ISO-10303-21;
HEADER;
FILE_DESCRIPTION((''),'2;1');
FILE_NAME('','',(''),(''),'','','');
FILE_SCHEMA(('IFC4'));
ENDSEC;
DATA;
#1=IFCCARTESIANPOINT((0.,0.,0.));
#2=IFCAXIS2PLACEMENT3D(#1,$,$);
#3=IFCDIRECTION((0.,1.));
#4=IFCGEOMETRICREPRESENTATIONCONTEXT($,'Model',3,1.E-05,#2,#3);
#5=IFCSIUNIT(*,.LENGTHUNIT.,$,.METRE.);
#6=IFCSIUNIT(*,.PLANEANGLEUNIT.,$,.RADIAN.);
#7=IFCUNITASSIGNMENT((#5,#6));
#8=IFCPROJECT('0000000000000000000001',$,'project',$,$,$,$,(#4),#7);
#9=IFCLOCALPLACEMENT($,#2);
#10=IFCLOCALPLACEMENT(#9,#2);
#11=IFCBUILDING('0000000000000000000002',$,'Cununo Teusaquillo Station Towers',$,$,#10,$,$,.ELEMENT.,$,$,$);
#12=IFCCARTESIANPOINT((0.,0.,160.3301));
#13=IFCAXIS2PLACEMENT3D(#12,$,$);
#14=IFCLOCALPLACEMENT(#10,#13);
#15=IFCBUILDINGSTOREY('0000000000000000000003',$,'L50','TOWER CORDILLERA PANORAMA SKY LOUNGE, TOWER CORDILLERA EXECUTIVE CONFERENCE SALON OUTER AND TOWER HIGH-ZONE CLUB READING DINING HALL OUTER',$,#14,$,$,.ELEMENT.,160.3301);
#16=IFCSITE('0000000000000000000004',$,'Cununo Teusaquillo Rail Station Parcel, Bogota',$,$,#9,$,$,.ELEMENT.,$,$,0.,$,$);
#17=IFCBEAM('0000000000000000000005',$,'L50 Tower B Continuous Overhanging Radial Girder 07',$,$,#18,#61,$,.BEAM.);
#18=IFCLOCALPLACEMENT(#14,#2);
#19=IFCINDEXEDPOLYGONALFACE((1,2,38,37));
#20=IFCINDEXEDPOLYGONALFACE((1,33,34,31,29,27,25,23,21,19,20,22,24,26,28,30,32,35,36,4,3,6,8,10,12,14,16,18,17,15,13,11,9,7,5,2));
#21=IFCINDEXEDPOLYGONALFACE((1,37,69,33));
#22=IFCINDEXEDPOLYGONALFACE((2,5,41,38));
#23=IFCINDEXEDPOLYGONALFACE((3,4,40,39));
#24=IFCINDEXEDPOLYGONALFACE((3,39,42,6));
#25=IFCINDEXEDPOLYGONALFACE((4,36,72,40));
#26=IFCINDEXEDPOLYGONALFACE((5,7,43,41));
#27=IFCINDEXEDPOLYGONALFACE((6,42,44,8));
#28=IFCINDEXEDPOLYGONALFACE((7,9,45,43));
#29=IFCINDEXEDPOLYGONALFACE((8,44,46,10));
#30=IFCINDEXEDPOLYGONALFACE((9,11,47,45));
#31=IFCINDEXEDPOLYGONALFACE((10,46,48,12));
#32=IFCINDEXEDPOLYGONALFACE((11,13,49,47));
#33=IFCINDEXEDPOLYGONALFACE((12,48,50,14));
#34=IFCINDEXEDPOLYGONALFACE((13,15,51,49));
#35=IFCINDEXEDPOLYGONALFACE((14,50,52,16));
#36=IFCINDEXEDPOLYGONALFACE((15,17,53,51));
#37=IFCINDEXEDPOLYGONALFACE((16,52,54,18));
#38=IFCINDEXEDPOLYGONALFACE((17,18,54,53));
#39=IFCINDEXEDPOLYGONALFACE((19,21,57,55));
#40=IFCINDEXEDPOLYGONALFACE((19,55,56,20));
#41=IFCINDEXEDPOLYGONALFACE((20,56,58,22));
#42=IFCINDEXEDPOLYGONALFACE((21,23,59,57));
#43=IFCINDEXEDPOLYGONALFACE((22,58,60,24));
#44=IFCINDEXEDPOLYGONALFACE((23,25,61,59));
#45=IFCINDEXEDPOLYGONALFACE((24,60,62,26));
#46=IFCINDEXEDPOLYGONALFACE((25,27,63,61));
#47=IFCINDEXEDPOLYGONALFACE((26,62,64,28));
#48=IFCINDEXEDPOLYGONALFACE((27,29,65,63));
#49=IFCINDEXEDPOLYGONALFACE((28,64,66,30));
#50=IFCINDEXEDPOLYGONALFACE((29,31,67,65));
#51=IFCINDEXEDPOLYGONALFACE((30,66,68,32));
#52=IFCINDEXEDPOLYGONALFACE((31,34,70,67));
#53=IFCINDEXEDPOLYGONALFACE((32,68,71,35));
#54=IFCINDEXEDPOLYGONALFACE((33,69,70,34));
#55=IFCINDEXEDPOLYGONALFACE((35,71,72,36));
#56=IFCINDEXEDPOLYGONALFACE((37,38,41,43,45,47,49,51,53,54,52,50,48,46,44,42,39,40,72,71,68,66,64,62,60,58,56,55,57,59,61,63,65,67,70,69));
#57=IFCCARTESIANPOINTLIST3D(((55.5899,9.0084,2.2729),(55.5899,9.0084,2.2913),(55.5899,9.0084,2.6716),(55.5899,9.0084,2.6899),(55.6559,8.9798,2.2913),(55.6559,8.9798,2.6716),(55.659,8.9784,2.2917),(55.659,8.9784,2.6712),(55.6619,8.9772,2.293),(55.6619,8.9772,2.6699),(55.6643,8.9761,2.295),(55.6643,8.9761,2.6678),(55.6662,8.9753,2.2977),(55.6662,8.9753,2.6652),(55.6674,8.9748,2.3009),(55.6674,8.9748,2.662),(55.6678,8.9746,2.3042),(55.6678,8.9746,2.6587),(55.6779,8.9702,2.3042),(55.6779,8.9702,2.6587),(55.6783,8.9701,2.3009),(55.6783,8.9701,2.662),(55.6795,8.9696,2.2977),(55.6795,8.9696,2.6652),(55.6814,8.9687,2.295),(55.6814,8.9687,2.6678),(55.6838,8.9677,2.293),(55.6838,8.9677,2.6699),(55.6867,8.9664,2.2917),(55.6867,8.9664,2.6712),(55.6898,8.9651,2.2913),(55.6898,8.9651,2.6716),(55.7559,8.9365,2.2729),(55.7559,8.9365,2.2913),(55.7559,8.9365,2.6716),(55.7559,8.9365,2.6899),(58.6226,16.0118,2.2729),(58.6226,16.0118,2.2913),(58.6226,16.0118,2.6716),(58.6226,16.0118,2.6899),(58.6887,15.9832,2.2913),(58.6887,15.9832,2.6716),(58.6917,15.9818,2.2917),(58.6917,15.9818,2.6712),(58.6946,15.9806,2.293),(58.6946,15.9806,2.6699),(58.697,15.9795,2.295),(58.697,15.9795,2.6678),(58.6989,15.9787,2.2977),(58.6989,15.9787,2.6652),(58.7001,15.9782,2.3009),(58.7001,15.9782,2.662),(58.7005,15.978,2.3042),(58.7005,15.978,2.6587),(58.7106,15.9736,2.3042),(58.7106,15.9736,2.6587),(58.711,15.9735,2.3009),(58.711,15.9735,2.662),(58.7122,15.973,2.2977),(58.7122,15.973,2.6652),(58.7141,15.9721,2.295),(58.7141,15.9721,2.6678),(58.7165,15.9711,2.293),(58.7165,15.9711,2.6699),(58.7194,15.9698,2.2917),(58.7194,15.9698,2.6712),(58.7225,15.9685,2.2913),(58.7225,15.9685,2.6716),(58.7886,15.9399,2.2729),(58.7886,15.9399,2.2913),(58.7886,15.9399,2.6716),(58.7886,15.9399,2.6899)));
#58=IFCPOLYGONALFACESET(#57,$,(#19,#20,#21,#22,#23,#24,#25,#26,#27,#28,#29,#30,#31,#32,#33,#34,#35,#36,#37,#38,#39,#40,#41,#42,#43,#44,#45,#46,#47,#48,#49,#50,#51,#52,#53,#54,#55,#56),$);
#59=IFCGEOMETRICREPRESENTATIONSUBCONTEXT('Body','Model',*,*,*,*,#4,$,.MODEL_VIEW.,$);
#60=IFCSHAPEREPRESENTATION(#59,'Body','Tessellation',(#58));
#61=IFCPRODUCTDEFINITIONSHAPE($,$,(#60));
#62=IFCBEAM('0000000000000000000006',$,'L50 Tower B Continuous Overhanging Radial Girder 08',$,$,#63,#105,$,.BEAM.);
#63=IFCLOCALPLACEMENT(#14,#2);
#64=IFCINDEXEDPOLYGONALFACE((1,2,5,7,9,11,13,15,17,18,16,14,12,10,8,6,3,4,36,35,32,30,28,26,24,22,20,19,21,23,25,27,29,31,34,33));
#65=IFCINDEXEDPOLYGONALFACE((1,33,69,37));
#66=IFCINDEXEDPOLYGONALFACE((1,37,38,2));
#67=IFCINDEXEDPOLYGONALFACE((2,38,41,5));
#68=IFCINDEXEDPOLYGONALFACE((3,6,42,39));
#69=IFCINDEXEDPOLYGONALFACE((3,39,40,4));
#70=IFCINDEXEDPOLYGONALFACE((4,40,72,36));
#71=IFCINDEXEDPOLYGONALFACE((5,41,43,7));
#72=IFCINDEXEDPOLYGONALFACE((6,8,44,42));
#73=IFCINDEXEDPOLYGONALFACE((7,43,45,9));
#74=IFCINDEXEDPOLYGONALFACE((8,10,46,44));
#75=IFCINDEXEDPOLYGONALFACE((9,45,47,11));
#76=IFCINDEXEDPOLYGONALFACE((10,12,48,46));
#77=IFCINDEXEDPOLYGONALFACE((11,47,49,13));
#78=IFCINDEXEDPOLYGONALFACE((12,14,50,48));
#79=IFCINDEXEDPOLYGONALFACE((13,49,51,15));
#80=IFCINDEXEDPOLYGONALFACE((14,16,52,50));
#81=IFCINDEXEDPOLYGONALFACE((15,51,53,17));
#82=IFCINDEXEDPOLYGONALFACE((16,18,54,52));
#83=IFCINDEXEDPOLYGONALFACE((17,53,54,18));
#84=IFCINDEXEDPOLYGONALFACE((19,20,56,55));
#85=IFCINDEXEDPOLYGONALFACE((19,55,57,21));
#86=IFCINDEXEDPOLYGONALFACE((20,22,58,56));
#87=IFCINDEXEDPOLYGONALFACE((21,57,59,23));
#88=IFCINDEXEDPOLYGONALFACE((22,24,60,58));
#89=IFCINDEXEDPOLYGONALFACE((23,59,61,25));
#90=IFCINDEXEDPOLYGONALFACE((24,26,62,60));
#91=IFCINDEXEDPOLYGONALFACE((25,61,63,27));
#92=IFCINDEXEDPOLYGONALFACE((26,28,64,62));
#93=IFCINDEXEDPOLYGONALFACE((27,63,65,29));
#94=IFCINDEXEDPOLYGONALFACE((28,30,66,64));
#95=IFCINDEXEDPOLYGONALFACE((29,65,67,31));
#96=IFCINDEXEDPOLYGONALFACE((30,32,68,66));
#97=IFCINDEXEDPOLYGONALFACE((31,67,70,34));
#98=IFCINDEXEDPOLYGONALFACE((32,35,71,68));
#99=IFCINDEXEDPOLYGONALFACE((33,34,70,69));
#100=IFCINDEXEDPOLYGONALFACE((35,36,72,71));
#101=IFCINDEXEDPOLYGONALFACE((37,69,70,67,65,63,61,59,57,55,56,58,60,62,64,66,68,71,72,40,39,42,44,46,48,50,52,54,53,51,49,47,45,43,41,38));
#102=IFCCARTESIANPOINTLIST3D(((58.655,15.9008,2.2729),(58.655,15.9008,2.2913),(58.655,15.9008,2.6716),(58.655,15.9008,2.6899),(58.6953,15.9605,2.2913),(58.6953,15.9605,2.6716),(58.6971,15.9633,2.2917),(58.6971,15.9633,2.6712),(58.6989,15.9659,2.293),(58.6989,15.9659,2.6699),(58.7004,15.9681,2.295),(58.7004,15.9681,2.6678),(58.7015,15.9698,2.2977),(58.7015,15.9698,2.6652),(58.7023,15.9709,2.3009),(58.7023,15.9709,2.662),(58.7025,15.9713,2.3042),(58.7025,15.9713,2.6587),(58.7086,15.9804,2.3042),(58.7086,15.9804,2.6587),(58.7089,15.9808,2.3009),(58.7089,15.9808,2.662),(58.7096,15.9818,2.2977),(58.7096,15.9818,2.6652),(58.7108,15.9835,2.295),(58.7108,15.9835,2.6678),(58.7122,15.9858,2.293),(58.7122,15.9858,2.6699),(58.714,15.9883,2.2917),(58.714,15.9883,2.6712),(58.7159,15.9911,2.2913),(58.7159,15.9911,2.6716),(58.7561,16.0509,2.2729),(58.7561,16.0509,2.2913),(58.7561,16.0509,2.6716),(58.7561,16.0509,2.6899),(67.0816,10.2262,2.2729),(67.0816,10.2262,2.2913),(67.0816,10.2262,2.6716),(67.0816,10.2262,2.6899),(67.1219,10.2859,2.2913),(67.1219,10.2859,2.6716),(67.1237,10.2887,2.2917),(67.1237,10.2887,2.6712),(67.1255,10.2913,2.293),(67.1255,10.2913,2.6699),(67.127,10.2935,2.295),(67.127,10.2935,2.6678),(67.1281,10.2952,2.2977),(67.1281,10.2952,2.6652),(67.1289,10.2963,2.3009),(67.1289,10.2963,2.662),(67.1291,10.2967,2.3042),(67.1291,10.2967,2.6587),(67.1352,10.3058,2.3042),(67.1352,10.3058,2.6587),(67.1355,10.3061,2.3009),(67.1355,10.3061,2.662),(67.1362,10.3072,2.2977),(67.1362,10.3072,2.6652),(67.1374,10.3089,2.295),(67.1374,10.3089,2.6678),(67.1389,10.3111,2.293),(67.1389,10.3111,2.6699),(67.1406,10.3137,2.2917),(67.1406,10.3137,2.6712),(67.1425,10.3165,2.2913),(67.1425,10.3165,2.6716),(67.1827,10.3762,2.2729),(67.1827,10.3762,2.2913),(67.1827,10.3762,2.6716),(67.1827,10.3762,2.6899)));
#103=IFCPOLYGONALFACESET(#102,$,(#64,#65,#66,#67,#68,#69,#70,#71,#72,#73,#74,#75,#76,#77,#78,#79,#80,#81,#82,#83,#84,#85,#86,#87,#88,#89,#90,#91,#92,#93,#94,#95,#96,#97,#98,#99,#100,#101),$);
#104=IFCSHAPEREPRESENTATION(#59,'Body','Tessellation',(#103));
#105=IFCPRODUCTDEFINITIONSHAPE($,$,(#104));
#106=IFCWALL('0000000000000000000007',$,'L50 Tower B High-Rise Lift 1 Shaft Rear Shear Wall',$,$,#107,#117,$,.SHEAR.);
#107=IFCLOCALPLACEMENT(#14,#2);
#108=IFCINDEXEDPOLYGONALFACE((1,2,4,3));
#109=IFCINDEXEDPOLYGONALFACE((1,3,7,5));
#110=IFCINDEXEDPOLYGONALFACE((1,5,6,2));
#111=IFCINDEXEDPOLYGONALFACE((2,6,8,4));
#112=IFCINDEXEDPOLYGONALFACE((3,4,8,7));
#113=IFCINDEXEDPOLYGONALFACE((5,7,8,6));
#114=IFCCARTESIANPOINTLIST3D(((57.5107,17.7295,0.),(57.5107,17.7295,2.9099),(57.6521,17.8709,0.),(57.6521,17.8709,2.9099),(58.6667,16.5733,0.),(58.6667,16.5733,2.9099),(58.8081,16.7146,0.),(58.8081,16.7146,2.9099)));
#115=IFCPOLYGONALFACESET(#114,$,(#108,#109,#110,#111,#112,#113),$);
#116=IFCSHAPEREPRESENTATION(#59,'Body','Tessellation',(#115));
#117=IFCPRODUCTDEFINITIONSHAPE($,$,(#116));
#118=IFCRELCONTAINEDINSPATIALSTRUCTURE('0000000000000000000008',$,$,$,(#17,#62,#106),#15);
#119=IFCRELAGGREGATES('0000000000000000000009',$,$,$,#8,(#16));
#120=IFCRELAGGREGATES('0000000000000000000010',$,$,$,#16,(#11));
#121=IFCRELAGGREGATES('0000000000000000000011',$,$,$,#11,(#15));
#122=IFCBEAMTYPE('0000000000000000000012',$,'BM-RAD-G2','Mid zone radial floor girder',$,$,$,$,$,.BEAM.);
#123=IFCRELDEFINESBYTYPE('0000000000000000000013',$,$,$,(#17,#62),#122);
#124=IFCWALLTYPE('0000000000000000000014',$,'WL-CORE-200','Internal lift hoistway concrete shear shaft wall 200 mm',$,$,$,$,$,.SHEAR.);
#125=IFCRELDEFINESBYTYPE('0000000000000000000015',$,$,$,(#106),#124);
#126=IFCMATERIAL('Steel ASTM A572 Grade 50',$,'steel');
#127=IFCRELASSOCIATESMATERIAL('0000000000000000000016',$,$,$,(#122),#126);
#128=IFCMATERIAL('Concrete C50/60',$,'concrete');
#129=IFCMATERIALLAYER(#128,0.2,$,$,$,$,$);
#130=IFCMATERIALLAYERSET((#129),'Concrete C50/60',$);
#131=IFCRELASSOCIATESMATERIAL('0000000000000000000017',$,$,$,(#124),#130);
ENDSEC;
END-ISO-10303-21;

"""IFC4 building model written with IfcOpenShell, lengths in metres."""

from ifc_helpers import new_model, si_unit, direction, frame, frame_2d, origin, origin_2d, place, context, subcontext, project, spatial, rectangle, i_section, extrude, material, layer, layer_set, material_profile, profile_set, type_object, element, save


model = new_model("IFC4")

# Units and contexts
model_context = context("Model", 3, precision=1e-05, world=origin(), true_north=direction((0.0, 1.0)))
body_context = subcontext(model_context, "Body", "Model", "MODEL_VIEW")
ifc_project = project(units=[si_unit("LENGTHUNIT", "METRE"), si_unit("PLANEANGLEUNIT", "RADIAN")], contexts=[model_context])

# Site, building, storey
site_placement = place(None, origin())
site = spatial("IfcSite", under=ifc_project, at=site_placement, Name="Cununo Teusaquillo Rail Station Parcel, Bogota", CompositionType="ELEMENT", RefElevation=0.0)
building_placement = place(site_placement, origin())
building = spatial("IfcBuilding", under=site, at=building_placement, Name="Cununo Teusaquillo Station Towers", CompositionType="ELEMENT")
storey_placement = place(building_placement, frame((0.0, 0.0, 160.3301)))
storey = spatial("IfcBuildingStorey", under=building, at=storey_placement, Name="L50", Description="TOWER CORDILLERA PANORAMA SKY LOUNGE, TOWER CORDILLERA EXECUTIVE CONFERENCE SALON OUTER AND TOWER HIGH-ZONE CLUB READING DINING HALL OUTER", CompositionType="ELEMENT", Elevation=160.3301)

# Beams
ifc_material_1 = material(Name="Steel ASTM A572 Grade 50", Category="steel")
ifc_material_profile_1 = material_profile(ifc_material_1, i_section(OverallWidth=0.1809, OverallDepth=0.417, WebThickness=0.011, FlangeThickness=0.0183, FilletRadius=0.0129, at=origin_2d()), Name="W16X57")
ifc_profile_set_1 = profile_set([ifc_material_profile_1], Name="Steel ASTM A572 Grade 50")
beam_type_1 = type_object("IfcBeamType", Name="BM-RAD-G2", Description="Mid zone radial floor girder", PredefinedType="BEAM", material=ifc_profile_set_1)
beam_1_placement = place(storey_placement, frame((58.7056, 15.9758, 2.4814), z_axis=(-0.397376, -0.917656, 0.0), x_axis=(0.917656, -0.397376, 0.0)))
element("IfcBeam", 1, at=beam_1_placement, inside=storey, type_object=beam_type_1, Name="L50 Tower B Continuous Overhanging Radial Girder 07", PredefinedType="BEAM", context=body_context, shape_type="SweptSolid", body=[
    extrude(i_section(OverallWidth=0.1809, OverallDepth=0.417, WebThickness=0.011, FlangeThickness=0.0183, FilletRadius=0.0129, at=origin_2d()), origin(), (0.0, 0.0, 1.0), 7.6318),
])
beam_2_placement = place(storey_placement, frame((58.7056, 15.9758, 2.4814), z_axis=(0.829457, -0.558571, 0.0), x_axis=(0.558571, 0.829457, 0.0)))
element("IfcBeam", 2, at=beam_2_placement, inside=storey, type_object=beam_type_1, Name="L50 Tower B Continuous Overhanging Radial Girder 08", PredefinedType="BEAM", context=body_context, shape_type="SweptSolid", body=[
    extrude(i_section(OverallWidth=0.1809, OverallDepth=0.417, WebThickness=0.011, FlangeThickness=0.0183, FilletRadius=0.0129, at=origin_2d()), origin(), (0.0, 0.0, 1.0), 10.1592),
])

# Wall
ifc_material_2 = material(Name="Concrete C50/60", Category="concrete")
ifc_layer_1 = layer(ifc_material_2, 0.2)
ifc_layer_set_1 = layer_set([ifc_layer_1], Name="Concrete C50/60")
wall_type_1 = type_object("IfcWallType", Name="WL-CORE-200", Description="Internal lift hoistway concrete shear shaft wall 200 mm", PredefinedType="SHEAR", material=ifc_layer_set_1)
wall_1_placement = place(storey_placement, frame((58.7373, 16.644, 0.0), z_axis=(0.0, 0.0, 1.0), x_axis=(-0.707032, 0.707181, 0.0)))
element("IfcWall", 3, at=wall_1_placement, inside=storey, type_object=wall_type_1, Name="L50 Tower B High-Rise Lift 1 Shaft Rear Shear Wall", PredefinedType="SHEAR", context=body_context, shape_type="SweptSolid", body=[
    extrude(rectangle(XDim=1.635, YDim=0.2, at=frame_2d((0.8174, 0.0))), origin(), (0.0, 0.0, 1.0), 2.9099),
])

save(model, "model.ifc")
